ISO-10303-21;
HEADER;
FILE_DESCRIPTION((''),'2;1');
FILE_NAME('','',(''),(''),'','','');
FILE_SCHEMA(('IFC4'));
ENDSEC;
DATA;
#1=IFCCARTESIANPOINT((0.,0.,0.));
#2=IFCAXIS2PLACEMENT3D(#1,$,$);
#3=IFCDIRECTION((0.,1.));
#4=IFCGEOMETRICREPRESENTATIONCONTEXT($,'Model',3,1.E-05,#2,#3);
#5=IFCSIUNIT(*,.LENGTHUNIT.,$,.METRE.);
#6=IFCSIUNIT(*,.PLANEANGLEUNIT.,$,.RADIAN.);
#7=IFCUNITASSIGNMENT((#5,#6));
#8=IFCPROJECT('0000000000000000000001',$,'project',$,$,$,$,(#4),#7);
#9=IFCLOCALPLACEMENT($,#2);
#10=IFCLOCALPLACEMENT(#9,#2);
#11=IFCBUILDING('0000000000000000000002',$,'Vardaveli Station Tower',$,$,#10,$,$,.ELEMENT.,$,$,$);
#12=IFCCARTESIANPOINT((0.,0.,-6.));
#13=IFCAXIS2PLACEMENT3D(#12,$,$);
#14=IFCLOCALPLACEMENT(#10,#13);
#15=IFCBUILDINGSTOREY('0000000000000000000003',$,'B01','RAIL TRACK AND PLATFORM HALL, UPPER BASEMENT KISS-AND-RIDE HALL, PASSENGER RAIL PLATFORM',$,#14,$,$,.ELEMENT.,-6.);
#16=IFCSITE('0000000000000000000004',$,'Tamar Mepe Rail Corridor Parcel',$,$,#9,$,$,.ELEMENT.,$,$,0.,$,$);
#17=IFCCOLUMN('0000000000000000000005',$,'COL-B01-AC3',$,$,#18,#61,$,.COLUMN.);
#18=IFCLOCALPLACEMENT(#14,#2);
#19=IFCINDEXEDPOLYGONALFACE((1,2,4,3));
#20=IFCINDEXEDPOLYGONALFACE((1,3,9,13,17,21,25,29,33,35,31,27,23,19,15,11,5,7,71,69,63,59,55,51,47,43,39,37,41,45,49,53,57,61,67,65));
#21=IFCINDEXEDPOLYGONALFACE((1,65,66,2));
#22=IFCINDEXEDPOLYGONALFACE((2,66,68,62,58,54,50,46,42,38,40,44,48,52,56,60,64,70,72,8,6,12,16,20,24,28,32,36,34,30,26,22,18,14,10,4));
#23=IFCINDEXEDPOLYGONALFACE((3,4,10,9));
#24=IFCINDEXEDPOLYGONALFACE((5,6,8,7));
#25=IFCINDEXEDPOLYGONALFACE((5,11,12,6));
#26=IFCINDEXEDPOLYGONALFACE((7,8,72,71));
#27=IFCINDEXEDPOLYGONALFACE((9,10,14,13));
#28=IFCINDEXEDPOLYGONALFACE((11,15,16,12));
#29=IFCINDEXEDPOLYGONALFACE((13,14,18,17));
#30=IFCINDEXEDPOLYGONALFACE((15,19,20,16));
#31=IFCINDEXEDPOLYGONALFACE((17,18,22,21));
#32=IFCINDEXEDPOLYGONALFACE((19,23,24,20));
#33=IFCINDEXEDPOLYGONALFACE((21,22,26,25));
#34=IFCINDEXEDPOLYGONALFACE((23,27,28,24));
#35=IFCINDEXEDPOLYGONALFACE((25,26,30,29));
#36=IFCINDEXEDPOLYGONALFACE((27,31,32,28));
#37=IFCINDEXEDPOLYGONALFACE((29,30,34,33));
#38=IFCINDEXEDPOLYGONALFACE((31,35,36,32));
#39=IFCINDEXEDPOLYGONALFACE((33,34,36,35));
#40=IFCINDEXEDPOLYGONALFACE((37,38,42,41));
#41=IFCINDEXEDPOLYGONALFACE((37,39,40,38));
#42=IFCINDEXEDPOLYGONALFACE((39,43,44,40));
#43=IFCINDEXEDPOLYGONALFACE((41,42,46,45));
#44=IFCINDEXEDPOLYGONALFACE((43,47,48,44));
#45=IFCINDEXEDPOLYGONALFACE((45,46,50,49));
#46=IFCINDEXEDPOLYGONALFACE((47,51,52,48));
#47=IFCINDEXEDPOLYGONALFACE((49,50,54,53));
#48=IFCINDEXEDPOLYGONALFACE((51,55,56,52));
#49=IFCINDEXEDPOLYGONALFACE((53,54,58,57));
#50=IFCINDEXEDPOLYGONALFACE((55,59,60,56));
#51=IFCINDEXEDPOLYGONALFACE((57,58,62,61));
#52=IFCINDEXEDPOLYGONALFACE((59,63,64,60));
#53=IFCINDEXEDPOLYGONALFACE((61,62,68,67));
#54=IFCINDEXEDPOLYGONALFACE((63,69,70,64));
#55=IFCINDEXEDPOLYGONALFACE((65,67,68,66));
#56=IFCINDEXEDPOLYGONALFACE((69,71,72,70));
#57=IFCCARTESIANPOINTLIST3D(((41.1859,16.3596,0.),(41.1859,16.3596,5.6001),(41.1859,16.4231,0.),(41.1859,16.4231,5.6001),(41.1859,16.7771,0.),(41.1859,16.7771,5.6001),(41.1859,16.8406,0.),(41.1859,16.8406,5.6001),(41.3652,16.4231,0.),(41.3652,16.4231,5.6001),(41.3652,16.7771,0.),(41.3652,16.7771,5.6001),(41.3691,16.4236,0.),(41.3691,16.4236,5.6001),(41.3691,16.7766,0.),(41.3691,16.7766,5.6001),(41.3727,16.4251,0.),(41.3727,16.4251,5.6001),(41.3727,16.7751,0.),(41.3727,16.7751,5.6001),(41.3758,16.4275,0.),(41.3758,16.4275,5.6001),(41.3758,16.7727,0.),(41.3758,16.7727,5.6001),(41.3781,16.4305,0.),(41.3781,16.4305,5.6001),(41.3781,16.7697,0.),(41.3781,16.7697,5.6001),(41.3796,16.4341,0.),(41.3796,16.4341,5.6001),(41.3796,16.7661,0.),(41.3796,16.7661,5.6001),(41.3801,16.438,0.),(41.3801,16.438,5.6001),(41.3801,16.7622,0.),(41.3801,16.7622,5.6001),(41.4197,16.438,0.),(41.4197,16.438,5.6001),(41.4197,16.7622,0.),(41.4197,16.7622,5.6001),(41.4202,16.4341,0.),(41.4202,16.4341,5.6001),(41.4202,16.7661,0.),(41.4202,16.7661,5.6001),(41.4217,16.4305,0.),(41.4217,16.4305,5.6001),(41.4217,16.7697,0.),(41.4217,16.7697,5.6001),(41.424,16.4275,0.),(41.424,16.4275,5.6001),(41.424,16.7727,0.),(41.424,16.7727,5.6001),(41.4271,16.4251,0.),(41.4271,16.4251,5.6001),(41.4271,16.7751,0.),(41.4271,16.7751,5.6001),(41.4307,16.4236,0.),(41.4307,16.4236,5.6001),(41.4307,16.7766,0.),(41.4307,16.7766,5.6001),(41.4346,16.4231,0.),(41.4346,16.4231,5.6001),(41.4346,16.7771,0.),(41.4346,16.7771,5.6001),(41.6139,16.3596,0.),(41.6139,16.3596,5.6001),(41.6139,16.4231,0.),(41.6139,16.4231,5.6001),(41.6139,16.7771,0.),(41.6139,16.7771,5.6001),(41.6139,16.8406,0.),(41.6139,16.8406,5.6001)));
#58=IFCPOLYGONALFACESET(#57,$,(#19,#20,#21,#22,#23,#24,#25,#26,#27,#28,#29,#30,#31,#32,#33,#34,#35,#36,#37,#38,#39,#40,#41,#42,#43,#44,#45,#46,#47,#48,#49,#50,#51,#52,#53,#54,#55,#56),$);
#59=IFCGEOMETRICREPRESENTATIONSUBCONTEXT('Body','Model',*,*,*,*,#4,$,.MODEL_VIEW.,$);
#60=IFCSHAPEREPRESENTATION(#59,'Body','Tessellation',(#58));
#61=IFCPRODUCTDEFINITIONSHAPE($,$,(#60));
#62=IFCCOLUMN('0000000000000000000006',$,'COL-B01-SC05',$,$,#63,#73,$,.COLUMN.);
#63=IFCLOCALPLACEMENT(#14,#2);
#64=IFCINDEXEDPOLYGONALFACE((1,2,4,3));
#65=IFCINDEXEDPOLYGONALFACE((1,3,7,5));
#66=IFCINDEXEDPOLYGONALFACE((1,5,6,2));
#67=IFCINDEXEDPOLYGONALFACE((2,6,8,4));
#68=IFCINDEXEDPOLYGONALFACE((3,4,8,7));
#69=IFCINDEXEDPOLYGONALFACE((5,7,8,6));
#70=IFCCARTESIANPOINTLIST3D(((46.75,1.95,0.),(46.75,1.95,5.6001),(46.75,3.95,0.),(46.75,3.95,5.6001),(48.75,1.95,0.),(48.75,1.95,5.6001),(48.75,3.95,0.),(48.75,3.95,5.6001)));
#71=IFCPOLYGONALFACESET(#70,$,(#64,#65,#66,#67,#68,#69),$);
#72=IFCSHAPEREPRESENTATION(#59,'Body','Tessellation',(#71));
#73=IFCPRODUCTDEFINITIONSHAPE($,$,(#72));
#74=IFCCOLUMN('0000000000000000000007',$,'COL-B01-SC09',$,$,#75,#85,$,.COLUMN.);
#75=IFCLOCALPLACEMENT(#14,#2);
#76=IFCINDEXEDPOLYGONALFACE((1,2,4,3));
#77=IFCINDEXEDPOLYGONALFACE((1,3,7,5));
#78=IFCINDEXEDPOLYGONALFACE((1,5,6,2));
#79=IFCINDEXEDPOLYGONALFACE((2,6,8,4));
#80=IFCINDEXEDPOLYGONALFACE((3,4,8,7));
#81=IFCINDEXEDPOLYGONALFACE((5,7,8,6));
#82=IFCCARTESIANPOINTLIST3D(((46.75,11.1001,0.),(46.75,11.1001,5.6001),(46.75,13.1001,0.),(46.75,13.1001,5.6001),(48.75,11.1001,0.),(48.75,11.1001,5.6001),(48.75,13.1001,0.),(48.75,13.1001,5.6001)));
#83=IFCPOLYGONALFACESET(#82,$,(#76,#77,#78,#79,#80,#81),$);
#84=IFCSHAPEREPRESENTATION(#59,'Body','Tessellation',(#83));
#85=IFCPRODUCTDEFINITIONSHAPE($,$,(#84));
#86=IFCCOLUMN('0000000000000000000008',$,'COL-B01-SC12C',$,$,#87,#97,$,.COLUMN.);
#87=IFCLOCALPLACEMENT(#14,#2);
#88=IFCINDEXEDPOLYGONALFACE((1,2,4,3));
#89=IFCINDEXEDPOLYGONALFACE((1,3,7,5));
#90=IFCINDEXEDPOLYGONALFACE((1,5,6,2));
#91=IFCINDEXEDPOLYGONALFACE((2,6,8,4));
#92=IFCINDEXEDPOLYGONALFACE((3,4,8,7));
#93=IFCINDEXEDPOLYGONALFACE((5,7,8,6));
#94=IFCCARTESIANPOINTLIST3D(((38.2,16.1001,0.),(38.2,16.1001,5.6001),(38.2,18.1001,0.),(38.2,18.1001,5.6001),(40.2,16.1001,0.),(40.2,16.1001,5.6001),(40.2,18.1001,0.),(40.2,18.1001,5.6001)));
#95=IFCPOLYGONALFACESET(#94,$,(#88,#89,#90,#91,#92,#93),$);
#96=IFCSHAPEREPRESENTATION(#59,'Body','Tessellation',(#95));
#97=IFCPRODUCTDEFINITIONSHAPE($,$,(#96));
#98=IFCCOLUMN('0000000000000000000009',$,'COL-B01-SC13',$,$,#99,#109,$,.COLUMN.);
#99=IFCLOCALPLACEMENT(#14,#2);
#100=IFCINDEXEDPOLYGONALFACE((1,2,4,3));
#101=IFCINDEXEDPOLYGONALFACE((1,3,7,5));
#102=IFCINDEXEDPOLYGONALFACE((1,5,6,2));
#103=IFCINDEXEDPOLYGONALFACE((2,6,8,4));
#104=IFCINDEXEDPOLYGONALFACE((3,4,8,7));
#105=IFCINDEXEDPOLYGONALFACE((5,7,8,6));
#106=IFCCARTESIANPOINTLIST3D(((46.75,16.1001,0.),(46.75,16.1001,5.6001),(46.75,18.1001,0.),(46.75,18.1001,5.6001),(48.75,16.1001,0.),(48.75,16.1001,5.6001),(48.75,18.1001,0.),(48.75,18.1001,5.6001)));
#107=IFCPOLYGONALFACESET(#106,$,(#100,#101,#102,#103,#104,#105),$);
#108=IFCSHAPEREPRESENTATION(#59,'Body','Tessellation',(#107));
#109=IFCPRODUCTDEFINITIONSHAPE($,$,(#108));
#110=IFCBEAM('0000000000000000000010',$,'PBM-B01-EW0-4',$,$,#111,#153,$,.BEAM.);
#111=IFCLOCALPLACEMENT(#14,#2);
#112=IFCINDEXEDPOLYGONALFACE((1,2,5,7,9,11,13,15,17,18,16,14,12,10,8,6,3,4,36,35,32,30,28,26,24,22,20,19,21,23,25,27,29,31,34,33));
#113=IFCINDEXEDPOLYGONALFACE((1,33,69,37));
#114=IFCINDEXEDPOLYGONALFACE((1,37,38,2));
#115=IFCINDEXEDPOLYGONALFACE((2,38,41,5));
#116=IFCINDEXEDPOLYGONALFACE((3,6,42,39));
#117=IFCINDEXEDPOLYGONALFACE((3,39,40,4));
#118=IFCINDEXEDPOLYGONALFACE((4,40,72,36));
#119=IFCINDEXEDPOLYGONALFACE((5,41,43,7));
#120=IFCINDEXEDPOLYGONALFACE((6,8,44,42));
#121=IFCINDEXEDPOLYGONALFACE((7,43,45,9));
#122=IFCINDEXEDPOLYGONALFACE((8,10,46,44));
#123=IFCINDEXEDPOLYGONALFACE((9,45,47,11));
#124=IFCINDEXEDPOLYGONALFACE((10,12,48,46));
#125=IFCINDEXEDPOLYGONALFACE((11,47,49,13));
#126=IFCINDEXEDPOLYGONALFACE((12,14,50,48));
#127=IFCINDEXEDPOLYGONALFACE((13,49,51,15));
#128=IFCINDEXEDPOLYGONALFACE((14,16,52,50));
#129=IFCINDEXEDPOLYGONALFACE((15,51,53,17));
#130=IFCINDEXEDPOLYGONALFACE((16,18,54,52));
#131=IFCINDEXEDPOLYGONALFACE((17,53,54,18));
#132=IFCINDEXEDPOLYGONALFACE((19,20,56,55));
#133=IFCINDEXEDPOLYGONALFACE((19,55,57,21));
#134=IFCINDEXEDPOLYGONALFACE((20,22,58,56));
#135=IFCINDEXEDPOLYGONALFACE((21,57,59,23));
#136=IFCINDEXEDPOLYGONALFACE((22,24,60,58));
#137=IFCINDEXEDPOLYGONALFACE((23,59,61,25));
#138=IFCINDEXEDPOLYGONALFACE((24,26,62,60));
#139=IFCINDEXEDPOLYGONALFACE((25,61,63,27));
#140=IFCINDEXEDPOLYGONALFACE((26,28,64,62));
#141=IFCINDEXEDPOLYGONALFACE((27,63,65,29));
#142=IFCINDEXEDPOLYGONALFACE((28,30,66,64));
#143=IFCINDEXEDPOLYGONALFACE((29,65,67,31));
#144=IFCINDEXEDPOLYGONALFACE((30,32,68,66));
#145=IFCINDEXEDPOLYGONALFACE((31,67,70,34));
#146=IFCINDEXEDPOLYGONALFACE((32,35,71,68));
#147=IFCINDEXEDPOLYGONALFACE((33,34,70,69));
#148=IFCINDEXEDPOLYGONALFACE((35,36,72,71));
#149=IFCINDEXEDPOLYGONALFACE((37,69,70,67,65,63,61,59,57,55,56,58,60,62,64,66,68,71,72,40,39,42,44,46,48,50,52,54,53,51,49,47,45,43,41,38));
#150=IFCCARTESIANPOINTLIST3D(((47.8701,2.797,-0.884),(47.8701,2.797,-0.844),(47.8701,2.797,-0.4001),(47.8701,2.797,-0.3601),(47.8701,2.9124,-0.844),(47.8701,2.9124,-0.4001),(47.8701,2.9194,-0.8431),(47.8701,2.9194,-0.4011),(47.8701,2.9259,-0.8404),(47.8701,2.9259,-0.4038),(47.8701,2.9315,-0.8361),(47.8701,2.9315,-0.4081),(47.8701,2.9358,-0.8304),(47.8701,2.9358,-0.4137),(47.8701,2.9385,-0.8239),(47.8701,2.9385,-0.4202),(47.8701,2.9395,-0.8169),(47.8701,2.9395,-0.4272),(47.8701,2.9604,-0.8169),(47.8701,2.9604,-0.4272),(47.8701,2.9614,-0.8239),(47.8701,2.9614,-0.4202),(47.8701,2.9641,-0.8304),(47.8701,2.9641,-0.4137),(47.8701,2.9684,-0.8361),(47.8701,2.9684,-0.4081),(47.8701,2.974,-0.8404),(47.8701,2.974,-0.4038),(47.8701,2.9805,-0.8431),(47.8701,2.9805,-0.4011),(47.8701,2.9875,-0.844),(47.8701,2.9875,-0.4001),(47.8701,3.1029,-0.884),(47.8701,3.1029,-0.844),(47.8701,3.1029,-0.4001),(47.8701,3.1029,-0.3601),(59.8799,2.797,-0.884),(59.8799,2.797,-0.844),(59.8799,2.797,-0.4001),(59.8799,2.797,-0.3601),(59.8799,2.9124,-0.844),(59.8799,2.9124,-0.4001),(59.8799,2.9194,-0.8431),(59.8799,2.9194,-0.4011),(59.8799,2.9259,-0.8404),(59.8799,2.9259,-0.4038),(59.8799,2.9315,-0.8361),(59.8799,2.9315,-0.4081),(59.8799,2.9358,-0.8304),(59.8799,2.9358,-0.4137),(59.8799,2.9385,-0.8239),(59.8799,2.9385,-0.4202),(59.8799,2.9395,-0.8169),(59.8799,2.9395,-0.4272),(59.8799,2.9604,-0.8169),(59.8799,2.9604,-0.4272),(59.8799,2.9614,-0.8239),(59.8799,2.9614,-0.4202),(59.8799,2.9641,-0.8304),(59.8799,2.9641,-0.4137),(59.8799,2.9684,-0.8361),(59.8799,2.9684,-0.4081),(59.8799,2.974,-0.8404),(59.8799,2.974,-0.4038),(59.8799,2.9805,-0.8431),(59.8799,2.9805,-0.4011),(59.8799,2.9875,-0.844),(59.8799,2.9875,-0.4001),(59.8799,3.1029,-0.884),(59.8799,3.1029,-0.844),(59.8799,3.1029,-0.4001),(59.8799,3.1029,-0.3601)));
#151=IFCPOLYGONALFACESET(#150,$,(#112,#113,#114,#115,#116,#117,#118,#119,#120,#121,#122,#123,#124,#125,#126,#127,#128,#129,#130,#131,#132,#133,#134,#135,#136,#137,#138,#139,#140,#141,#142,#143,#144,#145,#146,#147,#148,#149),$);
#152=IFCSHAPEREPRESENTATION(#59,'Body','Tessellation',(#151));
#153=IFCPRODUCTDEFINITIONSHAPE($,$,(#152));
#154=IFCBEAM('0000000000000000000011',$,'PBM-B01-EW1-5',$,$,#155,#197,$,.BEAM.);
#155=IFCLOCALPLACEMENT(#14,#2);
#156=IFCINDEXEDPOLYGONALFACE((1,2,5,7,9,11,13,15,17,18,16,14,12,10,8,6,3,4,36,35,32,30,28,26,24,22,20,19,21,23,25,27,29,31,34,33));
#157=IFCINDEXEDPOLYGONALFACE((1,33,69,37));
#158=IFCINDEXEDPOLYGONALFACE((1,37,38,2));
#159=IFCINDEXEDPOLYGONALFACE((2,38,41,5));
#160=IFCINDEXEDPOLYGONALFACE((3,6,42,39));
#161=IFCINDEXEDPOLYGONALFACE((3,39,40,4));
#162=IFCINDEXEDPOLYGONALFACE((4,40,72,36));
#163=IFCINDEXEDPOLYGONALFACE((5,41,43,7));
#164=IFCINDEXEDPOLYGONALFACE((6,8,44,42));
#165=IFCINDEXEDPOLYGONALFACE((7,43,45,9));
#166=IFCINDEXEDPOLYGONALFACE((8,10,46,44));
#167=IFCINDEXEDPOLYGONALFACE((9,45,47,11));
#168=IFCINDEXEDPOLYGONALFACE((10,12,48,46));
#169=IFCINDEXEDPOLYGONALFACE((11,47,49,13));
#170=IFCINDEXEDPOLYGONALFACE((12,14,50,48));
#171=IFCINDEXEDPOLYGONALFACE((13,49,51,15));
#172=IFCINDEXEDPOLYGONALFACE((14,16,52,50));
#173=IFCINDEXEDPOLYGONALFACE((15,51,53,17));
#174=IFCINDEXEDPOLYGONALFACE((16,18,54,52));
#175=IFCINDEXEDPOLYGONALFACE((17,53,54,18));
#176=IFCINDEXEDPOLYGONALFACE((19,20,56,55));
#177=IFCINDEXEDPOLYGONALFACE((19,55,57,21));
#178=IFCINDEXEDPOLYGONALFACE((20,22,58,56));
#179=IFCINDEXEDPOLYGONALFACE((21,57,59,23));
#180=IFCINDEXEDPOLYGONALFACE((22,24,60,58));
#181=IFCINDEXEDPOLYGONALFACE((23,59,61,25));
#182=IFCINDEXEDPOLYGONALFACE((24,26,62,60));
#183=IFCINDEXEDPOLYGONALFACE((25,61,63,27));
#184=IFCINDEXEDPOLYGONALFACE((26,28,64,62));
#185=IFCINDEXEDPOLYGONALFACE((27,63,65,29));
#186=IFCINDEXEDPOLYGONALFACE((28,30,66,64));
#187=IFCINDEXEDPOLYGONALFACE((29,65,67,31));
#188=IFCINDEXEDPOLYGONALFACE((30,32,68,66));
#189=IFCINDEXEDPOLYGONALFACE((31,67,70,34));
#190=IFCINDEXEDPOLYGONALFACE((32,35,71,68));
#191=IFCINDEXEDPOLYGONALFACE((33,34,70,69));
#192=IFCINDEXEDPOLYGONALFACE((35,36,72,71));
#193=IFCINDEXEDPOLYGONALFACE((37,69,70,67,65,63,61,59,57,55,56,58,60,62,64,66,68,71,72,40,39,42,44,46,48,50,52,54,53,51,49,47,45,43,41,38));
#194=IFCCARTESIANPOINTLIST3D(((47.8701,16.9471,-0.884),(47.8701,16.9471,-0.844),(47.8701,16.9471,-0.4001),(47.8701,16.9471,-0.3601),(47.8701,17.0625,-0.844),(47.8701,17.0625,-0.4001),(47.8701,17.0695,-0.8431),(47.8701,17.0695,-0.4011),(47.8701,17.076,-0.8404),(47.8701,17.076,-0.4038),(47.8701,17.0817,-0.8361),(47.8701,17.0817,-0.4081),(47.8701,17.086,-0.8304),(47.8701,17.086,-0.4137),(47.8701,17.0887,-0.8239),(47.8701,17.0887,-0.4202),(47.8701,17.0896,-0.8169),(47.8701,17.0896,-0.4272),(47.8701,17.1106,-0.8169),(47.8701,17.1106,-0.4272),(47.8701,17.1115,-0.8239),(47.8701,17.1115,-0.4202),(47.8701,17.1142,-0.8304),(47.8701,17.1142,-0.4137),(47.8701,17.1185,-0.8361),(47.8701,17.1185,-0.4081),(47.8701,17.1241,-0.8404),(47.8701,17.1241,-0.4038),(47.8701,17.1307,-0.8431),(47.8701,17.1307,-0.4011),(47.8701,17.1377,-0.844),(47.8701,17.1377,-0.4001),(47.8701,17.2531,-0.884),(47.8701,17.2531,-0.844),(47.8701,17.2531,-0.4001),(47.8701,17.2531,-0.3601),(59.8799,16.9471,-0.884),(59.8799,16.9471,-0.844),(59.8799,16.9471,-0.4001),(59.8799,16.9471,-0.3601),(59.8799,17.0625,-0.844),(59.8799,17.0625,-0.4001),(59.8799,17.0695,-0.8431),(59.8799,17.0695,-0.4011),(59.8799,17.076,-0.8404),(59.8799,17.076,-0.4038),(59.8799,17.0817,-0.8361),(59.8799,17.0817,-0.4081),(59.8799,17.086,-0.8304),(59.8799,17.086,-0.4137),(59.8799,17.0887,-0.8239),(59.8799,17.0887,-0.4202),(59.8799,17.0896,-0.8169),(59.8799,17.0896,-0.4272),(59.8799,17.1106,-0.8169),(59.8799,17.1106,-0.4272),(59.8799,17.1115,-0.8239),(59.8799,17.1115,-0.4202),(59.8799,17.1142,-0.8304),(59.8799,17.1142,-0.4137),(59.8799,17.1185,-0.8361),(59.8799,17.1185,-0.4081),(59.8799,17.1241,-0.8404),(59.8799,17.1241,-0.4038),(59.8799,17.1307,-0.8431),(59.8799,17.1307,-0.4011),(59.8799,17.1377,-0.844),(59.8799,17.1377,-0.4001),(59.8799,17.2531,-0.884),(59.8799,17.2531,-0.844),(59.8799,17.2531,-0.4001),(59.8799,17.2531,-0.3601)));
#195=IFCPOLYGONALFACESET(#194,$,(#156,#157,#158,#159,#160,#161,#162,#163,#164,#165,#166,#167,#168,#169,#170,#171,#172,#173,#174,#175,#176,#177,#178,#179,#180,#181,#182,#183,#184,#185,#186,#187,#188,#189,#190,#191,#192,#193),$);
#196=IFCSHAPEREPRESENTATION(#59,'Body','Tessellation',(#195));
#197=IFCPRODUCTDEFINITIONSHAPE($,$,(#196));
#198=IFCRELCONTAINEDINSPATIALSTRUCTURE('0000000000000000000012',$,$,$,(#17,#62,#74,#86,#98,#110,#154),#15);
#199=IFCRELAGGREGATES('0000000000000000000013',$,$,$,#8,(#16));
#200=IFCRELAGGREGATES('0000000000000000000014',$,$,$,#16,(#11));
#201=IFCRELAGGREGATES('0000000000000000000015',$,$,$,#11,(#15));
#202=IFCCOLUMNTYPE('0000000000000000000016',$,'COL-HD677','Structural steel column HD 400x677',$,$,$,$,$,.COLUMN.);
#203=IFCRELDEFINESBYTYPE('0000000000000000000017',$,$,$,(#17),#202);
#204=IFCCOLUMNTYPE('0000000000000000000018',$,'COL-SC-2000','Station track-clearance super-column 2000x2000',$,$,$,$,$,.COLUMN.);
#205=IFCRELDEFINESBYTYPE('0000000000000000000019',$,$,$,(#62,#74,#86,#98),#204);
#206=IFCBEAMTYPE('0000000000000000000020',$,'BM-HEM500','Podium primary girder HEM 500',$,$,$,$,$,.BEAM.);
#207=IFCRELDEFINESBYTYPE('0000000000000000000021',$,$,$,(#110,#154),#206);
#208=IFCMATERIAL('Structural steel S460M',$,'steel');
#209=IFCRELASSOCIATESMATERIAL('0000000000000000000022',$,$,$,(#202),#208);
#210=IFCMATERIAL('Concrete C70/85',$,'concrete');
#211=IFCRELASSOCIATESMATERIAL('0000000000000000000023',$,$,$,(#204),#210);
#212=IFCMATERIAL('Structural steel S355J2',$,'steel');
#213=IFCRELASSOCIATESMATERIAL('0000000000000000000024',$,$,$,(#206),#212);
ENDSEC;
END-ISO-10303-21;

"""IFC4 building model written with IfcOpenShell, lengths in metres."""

from ifc_helpers import new_model, si_unit, direction, frame, origin, origin_2d, place, context, subcontext, project, spatial, rectangle, i_section, extrude, source, transform, mapped, material, material_profile, profile_set, type_object, element, save


model = new_model("IFC4")

# Units and contexts
model_context = context("Model", 3, precision=1e-05, world=origin(), true_north=direction((0.0, 1.0)))
body_context = subcontext(model_context, "Body", "Model", "MODEL_VIEW")
ifc_project = project(units=[si_unit("LENGTHUNIT", "METRE"), si_unit("PLANEANGLEUNIT", "RADIAN")], contexts=[model_context])

# Site, building, storey
site_placement = place(None, origin())
site = spatial("IfcSite", under=ifc_project, at=site_placement, Name="Tamar Mepe Rail Corridor Parcel", CompositionType="ELEMENT", RefElevation=0.0)
building_placement = place(site_placement, origin())
building = spatial("IfcBuilding", under=site, at=building_placement, Name="Vardaveli Station Tower", CompositionType="ELEMENT")
storey_placement = place(building_placement, frame((0.0, 0.0, -6.0)))
storey = spatial("IfcBuildingStorey", under=building, at=storey_placement, Name="B01", Description="RAIL TRACK AND PLATFORM HALL, UPPER BASEMENT KISS-AND-RIDE HALL, PASSENGER RAIL PLATFORM", CompositionType="ELEMENT", Elevation=-6.0)

# Columns
ifc_material_1 = material(Name="Structural steel S460M", Category="steel")
ifc_material_profile_1 = material_profile(ifc_material_1, i_section(OverallWidth=0.428, OverallDepth=0.481, WebThickness=0.0396, FlangeThickness=0.0635, FilletRadius=0.0149, at=origin_2d()), Name="HD 400x677")
ifc_profile_set_1 = profile_set([ifc_material_profile_1], Name="Structural steel S460M")
column_type_1 = type_object("IfcColumnType", Name="COL-HD677", Description="Structural steel column HD 400x677", PredefinedType="COLUMN", material=ifc_profile_set_1)
shared_shape_1 = source(origin(), body_context, "Body", "SweptSolid", [
    extrude(i_section(OverallWidth=0.428, OverallDepth=0.481, WebThickness=0.0396, FlangeThickness=0.0635, FilletRadius=0.0149, at=origin_2d()), origin(), (0.0, 0.0, 1.0), 5.6001),
])
column_placement = place(storey_placement, frame((41.3999, 16.6001, 0.0), z_axis=(0.0, 0.0, 1.0), x_axis=(1.0, 0.0, 0.0)))
element("IfcColumn", 1, at=column_placement, inside=storey, type_object=column_type_1, Name="COL-B01-AC3", PredefinedType="COLUMN", context=body_context, shape_type="MappedRepresentation", body=[
    mapped(shared_shape_1, transform((0.0, 0.0, 0.0), scale=1.0)),
])
ifc_material_2 = material(Name="Concrete C70/85", Category="concrete")
ifc_material_profile_2 = material_profile(ifc_material_2, rectangle(XDim=2.0, YDim=2.0, at=origin_2d()), Name="SC 2000x2000")
ifc_profile_set_2 = profile_set([ifc_material_profile_2], Name="Concrete C70/85")
column_type_2 = type_object("IfcColumnType", Name="COL-SC-2000", Description="Station track-clearance super-column 2000x2000", PredefinedType="COLUMN", material=ifc_profile_set_2)
shared_shape_2 = source(origin(), body_context, "Body", "SweptSolid", [
    extrude(rectangle(XDim=2.0, YDim=2.0, at=origin_2d()), origin(), (0.0, 0.0, 1.0), 5.6001),
])
for number, where, z_axis, x_axis, name in (
    (2, (47.75, 2.95, 0.0), (0.0, 0.0, 1.0), (1.0, 0.0, 0.0), "COL-B01-SC05"),
    (3, (47.75, 12.1001, 0.0), (0.0, 0.0, 1.0), (1.0, 0.0, 0.0), "COL-B01-SC09"),
    (4, (39.2, 17.1001, 0.0), (0.0, 0.0, 1.0), (1.0, 0.0, 0.0), "COL-B01-SC12C"),
    (5, (47.75, 17.1001, 0.0), (0.0, 0.0, 1.0), (1.0, 0.0, 0.0), "COL-B01-SC13"),
):
    element("IfcColumn", number, at=place(storey_placement, frame(where, z_axis=z_axis, x_axis=x_axis)), inside=storey, type_object=column_type_2, Name=name, PredefinedType="COLUMN", context=body_context, shape_type="MappedRepresentation", body=[
        mapped(shared_shape_2, transform((0.0, 0.0, 0.0), scale=1.0)),
    ])

# Beams
ifc_material_3 = material(Name="Structural steel S355J2", Category="steel")
ifc_material_profile_3 = material_profile(ifc_material_3, i_section(OverallWidth=0.3059, OverallDepth=0.5239, WebThickness=0.021, FlangeThickness=0.04, FilletRadius=0.0271, at=origin_2d()), Name="HEM 500")
ifc_profile_set_3 = profile_set([ifc_material_profile_3], Name="Structural steel S355J2")
beam_type_1 = type_object("IfcBeamType", Name="BM-HEM500", Description="Podium primary girder HEM 500", PredefinedType="BEAM", material=ifc_profile_set_3)
shared_shape_3 = source(origin(), body_context, "Body", "SweptSolid", [
    extrude(i_section(OverallWidth=0.3059, OverallDepth=0.5239, WebThickness=0.021, FlangeThickness=0.04, FilletRadius=0.0271, at=origin_2d()), origin(), (0.0, 0.0, 1.0), 12.0098),
])
for number, where, z_axis, x_axis, name in (
    (6, (47.8701, 2.95, -0.6221), (1.0, 0.0, 0.0), (0.0, 1.0, 0.0), "PBM-B01-EW0-4"),
    (7, (47.8701, 17.1001, -0.6221), (1.0, 0.0, 0.0), (0.0, 1.0, 0.0), "PBM-B01-EW1-5"),
):
    element("IfcBeam", number, at=place(storey_placement, frame(where, z_axis=z_axis, x_axis=x_axis)), inside=storey, type_object=beam_type_1, Name=name, PredefinedType="BEAM", context=body_context, shape_type="MappedRepresentation", body=[
        mapped(shared_shape_3, transform((0.0, 0.0, 0.0), scale=1.0)),
    ])

save(model, "model.ifc")
